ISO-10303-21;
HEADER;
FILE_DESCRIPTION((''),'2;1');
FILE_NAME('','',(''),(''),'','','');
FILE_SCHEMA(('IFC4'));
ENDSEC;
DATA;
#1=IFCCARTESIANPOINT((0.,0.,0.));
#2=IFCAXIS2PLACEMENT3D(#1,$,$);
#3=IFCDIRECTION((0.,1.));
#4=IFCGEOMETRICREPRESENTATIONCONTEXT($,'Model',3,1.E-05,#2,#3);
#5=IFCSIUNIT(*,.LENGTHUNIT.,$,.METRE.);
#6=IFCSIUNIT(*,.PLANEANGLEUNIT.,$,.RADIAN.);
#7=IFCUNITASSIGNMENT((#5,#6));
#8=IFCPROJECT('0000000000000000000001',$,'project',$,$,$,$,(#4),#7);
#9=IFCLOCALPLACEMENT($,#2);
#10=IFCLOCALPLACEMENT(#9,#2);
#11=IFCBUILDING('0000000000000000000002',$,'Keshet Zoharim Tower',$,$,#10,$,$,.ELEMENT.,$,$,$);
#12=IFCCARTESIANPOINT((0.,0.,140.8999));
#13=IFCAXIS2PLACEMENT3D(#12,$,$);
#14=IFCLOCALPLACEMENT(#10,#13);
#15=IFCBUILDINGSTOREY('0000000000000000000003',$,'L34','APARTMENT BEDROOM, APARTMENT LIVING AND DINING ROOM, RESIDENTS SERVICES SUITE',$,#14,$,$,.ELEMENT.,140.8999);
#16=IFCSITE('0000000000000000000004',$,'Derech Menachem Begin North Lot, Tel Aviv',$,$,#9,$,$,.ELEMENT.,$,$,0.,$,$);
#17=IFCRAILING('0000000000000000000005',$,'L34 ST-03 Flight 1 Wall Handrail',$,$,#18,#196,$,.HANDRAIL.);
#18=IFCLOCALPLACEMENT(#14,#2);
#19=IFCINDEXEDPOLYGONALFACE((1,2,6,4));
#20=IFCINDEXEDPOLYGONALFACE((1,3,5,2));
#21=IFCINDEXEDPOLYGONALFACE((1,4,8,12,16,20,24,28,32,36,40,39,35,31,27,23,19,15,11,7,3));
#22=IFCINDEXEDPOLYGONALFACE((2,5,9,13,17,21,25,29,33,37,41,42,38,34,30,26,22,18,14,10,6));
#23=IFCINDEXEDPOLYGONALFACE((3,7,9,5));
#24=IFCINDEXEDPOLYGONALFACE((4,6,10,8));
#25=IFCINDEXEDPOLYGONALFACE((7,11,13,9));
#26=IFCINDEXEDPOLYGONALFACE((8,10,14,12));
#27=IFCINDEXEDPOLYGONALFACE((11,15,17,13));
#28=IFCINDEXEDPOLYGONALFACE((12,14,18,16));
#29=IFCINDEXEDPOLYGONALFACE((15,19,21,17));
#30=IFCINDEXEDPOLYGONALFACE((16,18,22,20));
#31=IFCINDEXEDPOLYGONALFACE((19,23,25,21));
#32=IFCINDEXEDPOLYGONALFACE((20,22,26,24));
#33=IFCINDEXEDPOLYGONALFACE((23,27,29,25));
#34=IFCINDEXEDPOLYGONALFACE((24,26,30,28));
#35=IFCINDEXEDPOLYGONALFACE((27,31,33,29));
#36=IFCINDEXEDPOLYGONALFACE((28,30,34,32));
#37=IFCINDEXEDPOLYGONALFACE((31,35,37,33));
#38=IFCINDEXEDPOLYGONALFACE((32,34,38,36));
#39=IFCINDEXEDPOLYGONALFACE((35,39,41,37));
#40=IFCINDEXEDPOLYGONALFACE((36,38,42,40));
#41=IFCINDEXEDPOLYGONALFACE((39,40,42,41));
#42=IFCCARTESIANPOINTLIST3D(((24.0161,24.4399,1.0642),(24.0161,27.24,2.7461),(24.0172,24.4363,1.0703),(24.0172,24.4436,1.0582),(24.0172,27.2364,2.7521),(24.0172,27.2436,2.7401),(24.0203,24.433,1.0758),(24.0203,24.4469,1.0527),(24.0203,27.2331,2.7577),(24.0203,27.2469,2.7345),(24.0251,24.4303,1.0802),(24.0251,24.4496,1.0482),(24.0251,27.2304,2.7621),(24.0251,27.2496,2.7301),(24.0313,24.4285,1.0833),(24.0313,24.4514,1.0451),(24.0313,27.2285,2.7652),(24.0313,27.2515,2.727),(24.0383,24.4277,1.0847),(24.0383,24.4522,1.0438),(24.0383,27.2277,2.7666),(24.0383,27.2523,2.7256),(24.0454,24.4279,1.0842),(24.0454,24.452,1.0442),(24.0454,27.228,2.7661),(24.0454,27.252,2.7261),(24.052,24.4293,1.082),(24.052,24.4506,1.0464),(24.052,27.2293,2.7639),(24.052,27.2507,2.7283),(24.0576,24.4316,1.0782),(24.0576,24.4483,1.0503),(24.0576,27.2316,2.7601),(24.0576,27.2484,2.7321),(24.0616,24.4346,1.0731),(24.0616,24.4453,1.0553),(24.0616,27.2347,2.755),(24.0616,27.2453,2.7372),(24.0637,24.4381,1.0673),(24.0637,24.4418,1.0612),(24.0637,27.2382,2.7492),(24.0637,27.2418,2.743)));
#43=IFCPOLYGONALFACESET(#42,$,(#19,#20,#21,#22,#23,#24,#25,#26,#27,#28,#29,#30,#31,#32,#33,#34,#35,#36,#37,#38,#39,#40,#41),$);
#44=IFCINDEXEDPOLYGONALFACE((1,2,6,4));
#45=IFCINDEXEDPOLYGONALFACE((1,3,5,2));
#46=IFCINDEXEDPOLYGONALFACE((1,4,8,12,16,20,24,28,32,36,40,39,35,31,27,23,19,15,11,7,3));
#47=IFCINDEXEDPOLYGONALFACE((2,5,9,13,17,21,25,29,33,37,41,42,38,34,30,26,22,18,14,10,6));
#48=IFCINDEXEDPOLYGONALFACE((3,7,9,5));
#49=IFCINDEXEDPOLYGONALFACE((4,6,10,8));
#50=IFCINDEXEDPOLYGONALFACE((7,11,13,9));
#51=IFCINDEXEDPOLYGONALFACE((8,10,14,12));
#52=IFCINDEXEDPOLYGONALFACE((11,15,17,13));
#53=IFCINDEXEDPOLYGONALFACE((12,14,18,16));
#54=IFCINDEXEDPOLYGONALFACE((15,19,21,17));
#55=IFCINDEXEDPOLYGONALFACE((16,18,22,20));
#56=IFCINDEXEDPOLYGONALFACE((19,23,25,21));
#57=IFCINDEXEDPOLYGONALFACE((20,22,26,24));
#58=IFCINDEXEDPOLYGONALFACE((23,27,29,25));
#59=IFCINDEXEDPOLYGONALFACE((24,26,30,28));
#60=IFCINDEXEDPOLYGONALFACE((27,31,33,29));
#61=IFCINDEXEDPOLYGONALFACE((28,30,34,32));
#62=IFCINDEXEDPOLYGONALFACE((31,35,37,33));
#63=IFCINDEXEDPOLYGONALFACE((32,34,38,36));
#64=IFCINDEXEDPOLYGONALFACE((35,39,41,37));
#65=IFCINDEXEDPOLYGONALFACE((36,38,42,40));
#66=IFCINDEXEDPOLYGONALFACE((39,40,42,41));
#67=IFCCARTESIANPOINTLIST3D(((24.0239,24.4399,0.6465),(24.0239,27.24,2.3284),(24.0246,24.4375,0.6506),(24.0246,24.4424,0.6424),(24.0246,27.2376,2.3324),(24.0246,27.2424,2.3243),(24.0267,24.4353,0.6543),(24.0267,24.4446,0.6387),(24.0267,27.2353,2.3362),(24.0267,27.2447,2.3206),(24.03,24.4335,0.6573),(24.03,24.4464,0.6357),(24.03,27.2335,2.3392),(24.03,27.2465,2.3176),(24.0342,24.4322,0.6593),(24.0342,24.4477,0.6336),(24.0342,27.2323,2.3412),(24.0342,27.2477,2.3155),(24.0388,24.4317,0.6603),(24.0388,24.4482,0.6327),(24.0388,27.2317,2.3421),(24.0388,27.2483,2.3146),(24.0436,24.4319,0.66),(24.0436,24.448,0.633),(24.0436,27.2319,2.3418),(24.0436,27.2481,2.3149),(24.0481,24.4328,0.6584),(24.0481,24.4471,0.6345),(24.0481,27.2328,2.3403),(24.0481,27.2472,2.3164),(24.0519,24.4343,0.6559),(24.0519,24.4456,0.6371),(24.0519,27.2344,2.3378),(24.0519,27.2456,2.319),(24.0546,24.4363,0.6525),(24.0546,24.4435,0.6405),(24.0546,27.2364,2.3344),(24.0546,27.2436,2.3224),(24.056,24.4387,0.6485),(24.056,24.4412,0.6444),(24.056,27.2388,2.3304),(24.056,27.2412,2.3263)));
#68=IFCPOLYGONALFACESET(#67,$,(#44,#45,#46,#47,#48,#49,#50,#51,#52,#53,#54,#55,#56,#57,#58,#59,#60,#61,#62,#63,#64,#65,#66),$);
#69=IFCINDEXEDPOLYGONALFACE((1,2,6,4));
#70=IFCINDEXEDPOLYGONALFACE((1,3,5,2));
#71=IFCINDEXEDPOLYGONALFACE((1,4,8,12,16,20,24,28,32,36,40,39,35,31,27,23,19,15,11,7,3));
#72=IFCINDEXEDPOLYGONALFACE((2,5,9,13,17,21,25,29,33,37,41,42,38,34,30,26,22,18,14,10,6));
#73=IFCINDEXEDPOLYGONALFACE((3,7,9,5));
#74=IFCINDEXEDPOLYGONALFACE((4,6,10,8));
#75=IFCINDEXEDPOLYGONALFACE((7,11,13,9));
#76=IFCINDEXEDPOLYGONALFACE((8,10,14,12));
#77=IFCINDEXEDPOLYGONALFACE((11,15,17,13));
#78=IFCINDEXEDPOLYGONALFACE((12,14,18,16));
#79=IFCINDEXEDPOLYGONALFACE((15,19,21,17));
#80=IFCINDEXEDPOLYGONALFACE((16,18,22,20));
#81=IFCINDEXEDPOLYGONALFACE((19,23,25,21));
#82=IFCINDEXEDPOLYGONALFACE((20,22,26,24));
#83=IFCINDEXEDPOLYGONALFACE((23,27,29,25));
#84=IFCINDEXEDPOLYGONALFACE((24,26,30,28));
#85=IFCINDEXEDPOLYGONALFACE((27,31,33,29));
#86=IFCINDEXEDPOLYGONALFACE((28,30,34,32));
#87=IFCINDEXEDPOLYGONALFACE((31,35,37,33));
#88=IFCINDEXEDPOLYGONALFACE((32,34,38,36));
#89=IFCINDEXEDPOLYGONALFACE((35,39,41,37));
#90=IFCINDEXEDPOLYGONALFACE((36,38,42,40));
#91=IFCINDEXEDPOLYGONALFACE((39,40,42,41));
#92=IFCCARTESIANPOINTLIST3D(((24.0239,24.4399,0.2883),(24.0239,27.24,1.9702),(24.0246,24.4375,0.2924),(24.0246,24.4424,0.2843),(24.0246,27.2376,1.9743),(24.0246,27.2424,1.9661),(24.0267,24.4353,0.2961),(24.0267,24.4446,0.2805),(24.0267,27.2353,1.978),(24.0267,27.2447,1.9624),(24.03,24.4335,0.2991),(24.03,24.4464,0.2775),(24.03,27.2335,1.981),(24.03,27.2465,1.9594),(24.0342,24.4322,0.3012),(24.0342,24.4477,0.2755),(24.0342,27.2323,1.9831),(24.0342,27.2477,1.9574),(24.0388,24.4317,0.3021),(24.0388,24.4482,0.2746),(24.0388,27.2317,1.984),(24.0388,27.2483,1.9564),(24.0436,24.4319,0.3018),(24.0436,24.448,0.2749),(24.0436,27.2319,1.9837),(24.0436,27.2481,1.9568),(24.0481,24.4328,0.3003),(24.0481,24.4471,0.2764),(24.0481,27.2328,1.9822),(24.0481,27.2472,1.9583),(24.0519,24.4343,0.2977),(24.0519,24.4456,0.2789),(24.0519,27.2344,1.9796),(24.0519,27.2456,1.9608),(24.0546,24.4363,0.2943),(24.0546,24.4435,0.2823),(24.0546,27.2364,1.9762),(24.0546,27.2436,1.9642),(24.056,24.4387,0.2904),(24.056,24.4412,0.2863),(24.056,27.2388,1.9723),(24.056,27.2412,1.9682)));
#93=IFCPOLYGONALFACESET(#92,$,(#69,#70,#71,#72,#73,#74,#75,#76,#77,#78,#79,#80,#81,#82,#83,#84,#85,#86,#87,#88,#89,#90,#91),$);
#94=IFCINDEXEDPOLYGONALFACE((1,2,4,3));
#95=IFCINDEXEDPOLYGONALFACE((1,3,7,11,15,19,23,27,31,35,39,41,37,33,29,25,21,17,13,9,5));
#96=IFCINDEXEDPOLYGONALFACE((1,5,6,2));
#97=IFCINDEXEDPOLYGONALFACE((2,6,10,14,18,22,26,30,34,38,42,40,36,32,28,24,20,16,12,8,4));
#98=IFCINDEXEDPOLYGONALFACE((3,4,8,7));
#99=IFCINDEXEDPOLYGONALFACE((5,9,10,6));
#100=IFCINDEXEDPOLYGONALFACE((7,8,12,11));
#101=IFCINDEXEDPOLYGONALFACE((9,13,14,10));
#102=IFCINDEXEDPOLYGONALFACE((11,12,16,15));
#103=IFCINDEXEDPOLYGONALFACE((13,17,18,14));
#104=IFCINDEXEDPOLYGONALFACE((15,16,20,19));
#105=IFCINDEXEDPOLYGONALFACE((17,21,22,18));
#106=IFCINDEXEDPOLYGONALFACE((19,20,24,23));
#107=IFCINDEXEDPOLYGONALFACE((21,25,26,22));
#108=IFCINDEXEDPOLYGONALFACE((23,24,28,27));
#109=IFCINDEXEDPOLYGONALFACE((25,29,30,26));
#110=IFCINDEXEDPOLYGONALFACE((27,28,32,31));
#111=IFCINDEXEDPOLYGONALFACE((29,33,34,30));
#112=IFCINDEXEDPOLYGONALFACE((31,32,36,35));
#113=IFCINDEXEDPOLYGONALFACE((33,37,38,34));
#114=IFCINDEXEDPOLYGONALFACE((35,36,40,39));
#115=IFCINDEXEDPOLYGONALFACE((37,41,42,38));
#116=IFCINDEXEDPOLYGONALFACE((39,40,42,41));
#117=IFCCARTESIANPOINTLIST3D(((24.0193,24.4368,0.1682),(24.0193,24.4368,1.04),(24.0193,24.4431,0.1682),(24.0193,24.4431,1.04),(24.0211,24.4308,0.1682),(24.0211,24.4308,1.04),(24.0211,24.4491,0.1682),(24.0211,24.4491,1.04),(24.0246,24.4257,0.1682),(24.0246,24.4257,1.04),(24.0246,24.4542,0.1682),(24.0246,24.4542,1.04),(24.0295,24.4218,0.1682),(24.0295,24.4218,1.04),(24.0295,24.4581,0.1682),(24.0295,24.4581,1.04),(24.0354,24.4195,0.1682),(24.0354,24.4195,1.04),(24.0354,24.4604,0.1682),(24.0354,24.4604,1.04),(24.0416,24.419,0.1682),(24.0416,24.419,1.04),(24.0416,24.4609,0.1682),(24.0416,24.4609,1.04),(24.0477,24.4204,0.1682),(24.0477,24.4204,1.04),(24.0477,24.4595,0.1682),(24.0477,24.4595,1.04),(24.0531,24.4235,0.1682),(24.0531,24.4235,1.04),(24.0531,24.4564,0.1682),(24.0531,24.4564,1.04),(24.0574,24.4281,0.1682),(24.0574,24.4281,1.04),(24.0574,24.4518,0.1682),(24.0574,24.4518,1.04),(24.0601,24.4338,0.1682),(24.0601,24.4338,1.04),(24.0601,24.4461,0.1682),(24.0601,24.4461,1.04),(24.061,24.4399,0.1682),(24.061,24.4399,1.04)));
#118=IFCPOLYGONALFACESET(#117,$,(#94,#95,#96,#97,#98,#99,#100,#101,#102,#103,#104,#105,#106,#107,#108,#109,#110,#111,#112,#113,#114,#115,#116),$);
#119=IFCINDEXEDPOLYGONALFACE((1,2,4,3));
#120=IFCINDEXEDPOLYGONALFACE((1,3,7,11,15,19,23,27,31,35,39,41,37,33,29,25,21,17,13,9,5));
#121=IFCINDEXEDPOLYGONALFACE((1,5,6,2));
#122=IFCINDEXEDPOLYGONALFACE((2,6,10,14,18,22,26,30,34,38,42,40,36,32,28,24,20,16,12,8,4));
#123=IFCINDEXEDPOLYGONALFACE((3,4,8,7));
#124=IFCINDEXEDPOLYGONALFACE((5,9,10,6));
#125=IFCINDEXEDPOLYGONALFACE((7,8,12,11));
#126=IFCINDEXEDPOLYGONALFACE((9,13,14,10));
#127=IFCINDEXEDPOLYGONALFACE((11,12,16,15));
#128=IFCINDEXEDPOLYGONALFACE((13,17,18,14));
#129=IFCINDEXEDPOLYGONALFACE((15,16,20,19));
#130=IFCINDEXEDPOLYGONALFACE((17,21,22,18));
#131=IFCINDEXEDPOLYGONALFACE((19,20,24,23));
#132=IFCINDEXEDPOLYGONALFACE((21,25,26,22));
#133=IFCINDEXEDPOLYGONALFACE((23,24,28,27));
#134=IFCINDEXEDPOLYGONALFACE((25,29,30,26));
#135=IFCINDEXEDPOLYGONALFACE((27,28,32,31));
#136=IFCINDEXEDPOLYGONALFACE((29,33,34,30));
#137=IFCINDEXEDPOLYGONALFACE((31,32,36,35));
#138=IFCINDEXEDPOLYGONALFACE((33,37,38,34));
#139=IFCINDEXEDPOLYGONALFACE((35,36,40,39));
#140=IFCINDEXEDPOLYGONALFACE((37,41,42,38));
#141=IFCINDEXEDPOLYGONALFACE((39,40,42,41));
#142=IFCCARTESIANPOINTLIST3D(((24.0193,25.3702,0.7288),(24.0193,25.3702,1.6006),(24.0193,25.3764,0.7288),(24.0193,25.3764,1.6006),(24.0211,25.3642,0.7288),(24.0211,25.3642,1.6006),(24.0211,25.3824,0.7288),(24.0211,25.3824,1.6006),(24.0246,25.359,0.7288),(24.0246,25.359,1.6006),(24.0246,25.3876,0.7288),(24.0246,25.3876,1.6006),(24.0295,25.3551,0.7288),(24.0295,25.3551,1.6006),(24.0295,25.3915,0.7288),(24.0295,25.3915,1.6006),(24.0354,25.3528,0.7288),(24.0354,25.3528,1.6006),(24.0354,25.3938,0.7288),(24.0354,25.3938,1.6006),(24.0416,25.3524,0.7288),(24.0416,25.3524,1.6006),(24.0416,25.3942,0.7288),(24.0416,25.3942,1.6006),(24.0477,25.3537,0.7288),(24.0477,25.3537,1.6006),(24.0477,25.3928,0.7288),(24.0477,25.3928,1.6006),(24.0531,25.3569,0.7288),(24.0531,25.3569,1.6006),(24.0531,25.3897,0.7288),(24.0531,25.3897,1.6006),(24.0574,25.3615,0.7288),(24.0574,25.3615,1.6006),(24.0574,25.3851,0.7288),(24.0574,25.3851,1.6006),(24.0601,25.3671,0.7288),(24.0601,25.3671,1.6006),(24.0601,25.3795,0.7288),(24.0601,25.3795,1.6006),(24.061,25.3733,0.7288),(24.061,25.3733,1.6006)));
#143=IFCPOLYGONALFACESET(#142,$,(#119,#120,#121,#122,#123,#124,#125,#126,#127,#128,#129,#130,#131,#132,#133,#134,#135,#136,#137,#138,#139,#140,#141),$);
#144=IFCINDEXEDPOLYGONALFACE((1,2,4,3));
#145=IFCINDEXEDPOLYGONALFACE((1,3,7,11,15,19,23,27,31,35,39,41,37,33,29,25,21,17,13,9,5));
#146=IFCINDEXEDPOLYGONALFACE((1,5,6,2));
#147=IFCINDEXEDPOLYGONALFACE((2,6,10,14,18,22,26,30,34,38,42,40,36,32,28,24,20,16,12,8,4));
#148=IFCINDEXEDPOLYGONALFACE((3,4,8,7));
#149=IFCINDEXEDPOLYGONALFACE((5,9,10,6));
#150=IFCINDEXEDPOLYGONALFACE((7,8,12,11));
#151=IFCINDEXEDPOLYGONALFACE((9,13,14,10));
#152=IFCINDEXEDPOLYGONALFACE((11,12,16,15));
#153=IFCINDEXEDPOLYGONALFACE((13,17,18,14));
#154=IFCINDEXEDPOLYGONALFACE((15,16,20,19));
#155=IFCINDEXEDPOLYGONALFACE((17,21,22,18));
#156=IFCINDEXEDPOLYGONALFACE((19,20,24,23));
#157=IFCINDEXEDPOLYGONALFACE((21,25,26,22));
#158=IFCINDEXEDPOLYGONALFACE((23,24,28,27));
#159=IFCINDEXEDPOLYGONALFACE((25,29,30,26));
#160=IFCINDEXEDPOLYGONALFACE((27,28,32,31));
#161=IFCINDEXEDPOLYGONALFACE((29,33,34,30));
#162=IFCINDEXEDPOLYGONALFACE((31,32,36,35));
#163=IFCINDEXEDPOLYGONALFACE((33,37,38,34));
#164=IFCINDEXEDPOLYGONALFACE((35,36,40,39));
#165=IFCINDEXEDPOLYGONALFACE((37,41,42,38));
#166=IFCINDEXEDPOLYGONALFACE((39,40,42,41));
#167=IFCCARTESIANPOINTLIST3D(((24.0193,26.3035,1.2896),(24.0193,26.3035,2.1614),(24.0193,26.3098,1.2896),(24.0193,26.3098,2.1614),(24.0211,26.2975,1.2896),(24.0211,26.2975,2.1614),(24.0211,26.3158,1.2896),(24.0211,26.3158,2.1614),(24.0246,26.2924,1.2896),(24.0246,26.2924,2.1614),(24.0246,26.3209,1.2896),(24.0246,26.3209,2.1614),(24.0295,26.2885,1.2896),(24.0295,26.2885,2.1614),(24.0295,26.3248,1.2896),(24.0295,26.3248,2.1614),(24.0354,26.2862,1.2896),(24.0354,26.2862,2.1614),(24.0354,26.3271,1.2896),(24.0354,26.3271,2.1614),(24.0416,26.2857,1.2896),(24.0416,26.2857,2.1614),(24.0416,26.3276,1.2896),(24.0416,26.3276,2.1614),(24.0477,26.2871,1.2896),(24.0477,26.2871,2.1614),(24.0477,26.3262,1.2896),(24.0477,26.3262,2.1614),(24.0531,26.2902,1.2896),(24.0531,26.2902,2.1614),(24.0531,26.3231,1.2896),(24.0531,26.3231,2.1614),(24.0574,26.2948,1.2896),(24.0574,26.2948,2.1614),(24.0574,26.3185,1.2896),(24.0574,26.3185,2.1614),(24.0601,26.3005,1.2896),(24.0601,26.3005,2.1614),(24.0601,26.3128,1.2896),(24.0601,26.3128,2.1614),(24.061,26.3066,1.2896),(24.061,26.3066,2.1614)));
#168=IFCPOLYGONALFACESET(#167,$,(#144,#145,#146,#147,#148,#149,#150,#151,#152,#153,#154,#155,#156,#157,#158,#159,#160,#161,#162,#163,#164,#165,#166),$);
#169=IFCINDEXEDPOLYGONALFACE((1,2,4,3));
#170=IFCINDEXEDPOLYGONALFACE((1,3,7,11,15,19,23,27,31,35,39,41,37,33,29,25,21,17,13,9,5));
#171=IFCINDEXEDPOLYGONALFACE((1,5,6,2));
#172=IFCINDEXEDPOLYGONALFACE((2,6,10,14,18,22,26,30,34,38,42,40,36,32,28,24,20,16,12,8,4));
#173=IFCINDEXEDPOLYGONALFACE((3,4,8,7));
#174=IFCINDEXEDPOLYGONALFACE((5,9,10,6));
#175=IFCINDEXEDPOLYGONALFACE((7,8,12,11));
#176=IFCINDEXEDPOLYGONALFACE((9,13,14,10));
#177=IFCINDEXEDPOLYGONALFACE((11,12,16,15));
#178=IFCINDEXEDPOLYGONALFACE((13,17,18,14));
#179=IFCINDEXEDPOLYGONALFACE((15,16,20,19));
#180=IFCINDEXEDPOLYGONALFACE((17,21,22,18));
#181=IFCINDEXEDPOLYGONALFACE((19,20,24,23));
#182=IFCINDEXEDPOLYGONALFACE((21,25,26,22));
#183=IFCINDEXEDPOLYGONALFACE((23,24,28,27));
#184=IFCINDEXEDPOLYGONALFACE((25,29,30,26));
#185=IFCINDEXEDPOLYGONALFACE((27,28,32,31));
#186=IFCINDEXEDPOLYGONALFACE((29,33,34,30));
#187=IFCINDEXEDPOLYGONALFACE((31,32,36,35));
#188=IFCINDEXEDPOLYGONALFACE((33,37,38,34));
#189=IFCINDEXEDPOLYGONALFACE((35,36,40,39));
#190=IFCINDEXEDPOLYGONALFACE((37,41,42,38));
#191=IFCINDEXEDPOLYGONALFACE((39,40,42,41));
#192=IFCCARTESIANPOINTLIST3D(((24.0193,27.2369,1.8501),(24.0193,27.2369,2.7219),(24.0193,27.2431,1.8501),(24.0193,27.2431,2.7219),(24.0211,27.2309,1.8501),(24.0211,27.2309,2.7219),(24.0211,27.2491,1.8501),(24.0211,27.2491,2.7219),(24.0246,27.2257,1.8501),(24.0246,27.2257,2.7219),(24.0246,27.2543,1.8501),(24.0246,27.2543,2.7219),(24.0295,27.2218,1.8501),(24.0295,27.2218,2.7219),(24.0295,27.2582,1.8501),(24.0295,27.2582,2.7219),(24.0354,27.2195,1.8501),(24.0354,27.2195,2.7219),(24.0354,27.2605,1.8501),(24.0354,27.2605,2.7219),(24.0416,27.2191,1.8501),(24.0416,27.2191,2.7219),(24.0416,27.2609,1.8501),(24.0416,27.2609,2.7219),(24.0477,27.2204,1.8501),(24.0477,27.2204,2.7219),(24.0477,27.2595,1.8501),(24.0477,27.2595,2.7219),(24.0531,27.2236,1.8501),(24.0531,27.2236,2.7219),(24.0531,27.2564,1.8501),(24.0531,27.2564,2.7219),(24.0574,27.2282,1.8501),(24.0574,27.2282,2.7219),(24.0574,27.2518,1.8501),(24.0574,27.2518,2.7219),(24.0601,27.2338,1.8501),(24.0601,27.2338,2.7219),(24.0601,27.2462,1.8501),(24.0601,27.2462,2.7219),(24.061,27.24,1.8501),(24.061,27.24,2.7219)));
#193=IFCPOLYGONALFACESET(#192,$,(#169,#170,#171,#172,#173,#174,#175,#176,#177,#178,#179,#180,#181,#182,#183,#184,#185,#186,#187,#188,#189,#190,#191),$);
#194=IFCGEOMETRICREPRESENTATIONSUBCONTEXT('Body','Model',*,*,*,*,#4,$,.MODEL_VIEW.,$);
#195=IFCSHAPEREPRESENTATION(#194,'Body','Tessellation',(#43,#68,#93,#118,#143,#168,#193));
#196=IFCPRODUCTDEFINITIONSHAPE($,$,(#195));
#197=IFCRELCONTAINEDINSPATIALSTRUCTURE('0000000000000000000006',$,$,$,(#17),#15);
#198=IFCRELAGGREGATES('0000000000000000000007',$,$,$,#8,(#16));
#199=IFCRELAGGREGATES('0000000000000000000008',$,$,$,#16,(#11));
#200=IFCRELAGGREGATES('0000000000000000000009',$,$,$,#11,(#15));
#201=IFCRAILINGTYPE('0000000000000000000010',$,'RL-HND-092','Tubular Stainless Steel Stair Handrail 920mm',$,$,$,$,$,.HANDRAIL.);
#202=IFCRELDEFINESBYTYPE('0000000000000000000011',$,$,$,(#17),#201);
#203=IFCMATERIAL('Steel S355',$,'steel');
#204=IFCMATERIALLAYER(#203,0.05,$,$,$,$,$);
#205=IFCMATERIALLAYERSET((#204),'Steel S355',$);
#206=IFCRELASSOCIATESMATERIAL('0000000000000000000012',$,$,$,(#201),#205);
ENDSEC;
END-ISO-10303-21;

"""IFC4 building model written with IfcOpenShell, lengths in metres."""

from ifc_helpers import new_model, si_unit, direction, frame, origin, origin_2d, place, context, subcontext, project, spatial, circle, extrude, material, layer, layer_set, type_object, element, save


model = new_model("IFC4")

# Units and contexts
model_context = context("Model", 3, precision=1e-05, world=origin(), true_north=direction((0.0, 1.0)))
body_context = subcontext(model_context, "Body", "Model", "MODEL_VIEW")
ifc_project = project(units=[si_unit("LENGTHUNIT", "METRE"), si_unit("PLANEANGLEUNIT", "RADIAN")], contexts=[model_context])

# Site, building, storey
site_placement = place(None, origin())
site = spatial("IfcSite", under=ifc_project, at=site_placement, Name="Derech Menachem Begin North Lot, Tel Aviv", CompositionType="ELEMENT", RefElevation=0.0)
building_placement = place(site_placement, origin())
building = spatial("IfcBuilding", under=site, at=building_placement, Name="Keshet Zoharim Tower", CompositionType="ELEMENT")
storey_placement = place(building_placement, frame((0.0, 0.0, 140.8999)))
storey = spatial("IfcBuildingStorey", under=building, at=storey_placement, Name="L34", Description="APARTMENT BEDROOM, APARTMENT LIVING AND DINING ROOM, RESIDENTS SERVICES SUITE", CompositionType="ELEMENT", Elevation=140.8999)

# Shared definitions
ifc_material_1 = material(Name="Steel S355", Category="steel")

# Railing
ifc_layer_1 = layer(ifc_material_1, 0.05)
ifc_layer_set_1 = layer_set([ifc_layer_1], Name="Steel S355")
railing_type_1 = type_object("IfcRailingType", Name="RL-HND-092", Description="Tubular Stainless Steel Stair Handrail 920mm", PredefinedType="HANDRAIL", material=ifc_layer_set_1)
railing_1_placement = place(storey_placement, frame((24.04, 24.4399, 0.1682)))
element("IfcRailing", 1, at=railing_1_placement, inside=storey, type_object=railing_type_1, Name="L34 ST-03 Flight 1 Wall Handrail", PredefinedType="HANDRAIL", context=body_context, shape_type="SweptSolid", body=[
    extrude(circle(Radius=0.0239, at=origin_2d()), frame((0.0, 0.0, 0.896), z_axis=(0.0, 0.857242, 0.514913), x_axis=(-1.0, 0.0, 0.0)), (0.0, 0.0, 1.0), 3.2664),
    extrude(circle(Radius=0.0161, at=origin_2d()), frame((0.0, 0.0, 0.4783), z_axis=(0.0, 0.857242, 0.514913), x_axis=(-1.0, 0.0, 0.0)), (0.0, 0.0, 1.0), 3.2664),
    extrude(circle(Radius=0.0161, at=origin_2d()), frame((0.0, 0.0, 0.1201), z_axis=(0.0, 0.857242, 0.514913), x_axis=(-1.0, 0.0, 0.0)), (0.0, 0.0, 1.0), 3.2664),
    extrude(circle(Radius=0.021, at=origin_2d()), origin(), (0.0, 0.0, 1.0), 0.8718),
    extrude(circle(Radius=0.021, at=origin_2d()), frame((0.0, 0.9333, 0.5605)), (0.0, 0.0, 1.0), 0.8718),
    extrude(circle(Radius=0.021, at=origin_2d()), frame((0.0, 1.8667, 1.1213)), (0.0, 0.0, 1.0), 0.8718),
    extrude(circle(Radius=0.021, at=origin_2d()), frame((0.0, 2.8, 1.6819)), (0.0, 0.0, 1.0), 0.8718),
])

save(model, "model.ifc")
